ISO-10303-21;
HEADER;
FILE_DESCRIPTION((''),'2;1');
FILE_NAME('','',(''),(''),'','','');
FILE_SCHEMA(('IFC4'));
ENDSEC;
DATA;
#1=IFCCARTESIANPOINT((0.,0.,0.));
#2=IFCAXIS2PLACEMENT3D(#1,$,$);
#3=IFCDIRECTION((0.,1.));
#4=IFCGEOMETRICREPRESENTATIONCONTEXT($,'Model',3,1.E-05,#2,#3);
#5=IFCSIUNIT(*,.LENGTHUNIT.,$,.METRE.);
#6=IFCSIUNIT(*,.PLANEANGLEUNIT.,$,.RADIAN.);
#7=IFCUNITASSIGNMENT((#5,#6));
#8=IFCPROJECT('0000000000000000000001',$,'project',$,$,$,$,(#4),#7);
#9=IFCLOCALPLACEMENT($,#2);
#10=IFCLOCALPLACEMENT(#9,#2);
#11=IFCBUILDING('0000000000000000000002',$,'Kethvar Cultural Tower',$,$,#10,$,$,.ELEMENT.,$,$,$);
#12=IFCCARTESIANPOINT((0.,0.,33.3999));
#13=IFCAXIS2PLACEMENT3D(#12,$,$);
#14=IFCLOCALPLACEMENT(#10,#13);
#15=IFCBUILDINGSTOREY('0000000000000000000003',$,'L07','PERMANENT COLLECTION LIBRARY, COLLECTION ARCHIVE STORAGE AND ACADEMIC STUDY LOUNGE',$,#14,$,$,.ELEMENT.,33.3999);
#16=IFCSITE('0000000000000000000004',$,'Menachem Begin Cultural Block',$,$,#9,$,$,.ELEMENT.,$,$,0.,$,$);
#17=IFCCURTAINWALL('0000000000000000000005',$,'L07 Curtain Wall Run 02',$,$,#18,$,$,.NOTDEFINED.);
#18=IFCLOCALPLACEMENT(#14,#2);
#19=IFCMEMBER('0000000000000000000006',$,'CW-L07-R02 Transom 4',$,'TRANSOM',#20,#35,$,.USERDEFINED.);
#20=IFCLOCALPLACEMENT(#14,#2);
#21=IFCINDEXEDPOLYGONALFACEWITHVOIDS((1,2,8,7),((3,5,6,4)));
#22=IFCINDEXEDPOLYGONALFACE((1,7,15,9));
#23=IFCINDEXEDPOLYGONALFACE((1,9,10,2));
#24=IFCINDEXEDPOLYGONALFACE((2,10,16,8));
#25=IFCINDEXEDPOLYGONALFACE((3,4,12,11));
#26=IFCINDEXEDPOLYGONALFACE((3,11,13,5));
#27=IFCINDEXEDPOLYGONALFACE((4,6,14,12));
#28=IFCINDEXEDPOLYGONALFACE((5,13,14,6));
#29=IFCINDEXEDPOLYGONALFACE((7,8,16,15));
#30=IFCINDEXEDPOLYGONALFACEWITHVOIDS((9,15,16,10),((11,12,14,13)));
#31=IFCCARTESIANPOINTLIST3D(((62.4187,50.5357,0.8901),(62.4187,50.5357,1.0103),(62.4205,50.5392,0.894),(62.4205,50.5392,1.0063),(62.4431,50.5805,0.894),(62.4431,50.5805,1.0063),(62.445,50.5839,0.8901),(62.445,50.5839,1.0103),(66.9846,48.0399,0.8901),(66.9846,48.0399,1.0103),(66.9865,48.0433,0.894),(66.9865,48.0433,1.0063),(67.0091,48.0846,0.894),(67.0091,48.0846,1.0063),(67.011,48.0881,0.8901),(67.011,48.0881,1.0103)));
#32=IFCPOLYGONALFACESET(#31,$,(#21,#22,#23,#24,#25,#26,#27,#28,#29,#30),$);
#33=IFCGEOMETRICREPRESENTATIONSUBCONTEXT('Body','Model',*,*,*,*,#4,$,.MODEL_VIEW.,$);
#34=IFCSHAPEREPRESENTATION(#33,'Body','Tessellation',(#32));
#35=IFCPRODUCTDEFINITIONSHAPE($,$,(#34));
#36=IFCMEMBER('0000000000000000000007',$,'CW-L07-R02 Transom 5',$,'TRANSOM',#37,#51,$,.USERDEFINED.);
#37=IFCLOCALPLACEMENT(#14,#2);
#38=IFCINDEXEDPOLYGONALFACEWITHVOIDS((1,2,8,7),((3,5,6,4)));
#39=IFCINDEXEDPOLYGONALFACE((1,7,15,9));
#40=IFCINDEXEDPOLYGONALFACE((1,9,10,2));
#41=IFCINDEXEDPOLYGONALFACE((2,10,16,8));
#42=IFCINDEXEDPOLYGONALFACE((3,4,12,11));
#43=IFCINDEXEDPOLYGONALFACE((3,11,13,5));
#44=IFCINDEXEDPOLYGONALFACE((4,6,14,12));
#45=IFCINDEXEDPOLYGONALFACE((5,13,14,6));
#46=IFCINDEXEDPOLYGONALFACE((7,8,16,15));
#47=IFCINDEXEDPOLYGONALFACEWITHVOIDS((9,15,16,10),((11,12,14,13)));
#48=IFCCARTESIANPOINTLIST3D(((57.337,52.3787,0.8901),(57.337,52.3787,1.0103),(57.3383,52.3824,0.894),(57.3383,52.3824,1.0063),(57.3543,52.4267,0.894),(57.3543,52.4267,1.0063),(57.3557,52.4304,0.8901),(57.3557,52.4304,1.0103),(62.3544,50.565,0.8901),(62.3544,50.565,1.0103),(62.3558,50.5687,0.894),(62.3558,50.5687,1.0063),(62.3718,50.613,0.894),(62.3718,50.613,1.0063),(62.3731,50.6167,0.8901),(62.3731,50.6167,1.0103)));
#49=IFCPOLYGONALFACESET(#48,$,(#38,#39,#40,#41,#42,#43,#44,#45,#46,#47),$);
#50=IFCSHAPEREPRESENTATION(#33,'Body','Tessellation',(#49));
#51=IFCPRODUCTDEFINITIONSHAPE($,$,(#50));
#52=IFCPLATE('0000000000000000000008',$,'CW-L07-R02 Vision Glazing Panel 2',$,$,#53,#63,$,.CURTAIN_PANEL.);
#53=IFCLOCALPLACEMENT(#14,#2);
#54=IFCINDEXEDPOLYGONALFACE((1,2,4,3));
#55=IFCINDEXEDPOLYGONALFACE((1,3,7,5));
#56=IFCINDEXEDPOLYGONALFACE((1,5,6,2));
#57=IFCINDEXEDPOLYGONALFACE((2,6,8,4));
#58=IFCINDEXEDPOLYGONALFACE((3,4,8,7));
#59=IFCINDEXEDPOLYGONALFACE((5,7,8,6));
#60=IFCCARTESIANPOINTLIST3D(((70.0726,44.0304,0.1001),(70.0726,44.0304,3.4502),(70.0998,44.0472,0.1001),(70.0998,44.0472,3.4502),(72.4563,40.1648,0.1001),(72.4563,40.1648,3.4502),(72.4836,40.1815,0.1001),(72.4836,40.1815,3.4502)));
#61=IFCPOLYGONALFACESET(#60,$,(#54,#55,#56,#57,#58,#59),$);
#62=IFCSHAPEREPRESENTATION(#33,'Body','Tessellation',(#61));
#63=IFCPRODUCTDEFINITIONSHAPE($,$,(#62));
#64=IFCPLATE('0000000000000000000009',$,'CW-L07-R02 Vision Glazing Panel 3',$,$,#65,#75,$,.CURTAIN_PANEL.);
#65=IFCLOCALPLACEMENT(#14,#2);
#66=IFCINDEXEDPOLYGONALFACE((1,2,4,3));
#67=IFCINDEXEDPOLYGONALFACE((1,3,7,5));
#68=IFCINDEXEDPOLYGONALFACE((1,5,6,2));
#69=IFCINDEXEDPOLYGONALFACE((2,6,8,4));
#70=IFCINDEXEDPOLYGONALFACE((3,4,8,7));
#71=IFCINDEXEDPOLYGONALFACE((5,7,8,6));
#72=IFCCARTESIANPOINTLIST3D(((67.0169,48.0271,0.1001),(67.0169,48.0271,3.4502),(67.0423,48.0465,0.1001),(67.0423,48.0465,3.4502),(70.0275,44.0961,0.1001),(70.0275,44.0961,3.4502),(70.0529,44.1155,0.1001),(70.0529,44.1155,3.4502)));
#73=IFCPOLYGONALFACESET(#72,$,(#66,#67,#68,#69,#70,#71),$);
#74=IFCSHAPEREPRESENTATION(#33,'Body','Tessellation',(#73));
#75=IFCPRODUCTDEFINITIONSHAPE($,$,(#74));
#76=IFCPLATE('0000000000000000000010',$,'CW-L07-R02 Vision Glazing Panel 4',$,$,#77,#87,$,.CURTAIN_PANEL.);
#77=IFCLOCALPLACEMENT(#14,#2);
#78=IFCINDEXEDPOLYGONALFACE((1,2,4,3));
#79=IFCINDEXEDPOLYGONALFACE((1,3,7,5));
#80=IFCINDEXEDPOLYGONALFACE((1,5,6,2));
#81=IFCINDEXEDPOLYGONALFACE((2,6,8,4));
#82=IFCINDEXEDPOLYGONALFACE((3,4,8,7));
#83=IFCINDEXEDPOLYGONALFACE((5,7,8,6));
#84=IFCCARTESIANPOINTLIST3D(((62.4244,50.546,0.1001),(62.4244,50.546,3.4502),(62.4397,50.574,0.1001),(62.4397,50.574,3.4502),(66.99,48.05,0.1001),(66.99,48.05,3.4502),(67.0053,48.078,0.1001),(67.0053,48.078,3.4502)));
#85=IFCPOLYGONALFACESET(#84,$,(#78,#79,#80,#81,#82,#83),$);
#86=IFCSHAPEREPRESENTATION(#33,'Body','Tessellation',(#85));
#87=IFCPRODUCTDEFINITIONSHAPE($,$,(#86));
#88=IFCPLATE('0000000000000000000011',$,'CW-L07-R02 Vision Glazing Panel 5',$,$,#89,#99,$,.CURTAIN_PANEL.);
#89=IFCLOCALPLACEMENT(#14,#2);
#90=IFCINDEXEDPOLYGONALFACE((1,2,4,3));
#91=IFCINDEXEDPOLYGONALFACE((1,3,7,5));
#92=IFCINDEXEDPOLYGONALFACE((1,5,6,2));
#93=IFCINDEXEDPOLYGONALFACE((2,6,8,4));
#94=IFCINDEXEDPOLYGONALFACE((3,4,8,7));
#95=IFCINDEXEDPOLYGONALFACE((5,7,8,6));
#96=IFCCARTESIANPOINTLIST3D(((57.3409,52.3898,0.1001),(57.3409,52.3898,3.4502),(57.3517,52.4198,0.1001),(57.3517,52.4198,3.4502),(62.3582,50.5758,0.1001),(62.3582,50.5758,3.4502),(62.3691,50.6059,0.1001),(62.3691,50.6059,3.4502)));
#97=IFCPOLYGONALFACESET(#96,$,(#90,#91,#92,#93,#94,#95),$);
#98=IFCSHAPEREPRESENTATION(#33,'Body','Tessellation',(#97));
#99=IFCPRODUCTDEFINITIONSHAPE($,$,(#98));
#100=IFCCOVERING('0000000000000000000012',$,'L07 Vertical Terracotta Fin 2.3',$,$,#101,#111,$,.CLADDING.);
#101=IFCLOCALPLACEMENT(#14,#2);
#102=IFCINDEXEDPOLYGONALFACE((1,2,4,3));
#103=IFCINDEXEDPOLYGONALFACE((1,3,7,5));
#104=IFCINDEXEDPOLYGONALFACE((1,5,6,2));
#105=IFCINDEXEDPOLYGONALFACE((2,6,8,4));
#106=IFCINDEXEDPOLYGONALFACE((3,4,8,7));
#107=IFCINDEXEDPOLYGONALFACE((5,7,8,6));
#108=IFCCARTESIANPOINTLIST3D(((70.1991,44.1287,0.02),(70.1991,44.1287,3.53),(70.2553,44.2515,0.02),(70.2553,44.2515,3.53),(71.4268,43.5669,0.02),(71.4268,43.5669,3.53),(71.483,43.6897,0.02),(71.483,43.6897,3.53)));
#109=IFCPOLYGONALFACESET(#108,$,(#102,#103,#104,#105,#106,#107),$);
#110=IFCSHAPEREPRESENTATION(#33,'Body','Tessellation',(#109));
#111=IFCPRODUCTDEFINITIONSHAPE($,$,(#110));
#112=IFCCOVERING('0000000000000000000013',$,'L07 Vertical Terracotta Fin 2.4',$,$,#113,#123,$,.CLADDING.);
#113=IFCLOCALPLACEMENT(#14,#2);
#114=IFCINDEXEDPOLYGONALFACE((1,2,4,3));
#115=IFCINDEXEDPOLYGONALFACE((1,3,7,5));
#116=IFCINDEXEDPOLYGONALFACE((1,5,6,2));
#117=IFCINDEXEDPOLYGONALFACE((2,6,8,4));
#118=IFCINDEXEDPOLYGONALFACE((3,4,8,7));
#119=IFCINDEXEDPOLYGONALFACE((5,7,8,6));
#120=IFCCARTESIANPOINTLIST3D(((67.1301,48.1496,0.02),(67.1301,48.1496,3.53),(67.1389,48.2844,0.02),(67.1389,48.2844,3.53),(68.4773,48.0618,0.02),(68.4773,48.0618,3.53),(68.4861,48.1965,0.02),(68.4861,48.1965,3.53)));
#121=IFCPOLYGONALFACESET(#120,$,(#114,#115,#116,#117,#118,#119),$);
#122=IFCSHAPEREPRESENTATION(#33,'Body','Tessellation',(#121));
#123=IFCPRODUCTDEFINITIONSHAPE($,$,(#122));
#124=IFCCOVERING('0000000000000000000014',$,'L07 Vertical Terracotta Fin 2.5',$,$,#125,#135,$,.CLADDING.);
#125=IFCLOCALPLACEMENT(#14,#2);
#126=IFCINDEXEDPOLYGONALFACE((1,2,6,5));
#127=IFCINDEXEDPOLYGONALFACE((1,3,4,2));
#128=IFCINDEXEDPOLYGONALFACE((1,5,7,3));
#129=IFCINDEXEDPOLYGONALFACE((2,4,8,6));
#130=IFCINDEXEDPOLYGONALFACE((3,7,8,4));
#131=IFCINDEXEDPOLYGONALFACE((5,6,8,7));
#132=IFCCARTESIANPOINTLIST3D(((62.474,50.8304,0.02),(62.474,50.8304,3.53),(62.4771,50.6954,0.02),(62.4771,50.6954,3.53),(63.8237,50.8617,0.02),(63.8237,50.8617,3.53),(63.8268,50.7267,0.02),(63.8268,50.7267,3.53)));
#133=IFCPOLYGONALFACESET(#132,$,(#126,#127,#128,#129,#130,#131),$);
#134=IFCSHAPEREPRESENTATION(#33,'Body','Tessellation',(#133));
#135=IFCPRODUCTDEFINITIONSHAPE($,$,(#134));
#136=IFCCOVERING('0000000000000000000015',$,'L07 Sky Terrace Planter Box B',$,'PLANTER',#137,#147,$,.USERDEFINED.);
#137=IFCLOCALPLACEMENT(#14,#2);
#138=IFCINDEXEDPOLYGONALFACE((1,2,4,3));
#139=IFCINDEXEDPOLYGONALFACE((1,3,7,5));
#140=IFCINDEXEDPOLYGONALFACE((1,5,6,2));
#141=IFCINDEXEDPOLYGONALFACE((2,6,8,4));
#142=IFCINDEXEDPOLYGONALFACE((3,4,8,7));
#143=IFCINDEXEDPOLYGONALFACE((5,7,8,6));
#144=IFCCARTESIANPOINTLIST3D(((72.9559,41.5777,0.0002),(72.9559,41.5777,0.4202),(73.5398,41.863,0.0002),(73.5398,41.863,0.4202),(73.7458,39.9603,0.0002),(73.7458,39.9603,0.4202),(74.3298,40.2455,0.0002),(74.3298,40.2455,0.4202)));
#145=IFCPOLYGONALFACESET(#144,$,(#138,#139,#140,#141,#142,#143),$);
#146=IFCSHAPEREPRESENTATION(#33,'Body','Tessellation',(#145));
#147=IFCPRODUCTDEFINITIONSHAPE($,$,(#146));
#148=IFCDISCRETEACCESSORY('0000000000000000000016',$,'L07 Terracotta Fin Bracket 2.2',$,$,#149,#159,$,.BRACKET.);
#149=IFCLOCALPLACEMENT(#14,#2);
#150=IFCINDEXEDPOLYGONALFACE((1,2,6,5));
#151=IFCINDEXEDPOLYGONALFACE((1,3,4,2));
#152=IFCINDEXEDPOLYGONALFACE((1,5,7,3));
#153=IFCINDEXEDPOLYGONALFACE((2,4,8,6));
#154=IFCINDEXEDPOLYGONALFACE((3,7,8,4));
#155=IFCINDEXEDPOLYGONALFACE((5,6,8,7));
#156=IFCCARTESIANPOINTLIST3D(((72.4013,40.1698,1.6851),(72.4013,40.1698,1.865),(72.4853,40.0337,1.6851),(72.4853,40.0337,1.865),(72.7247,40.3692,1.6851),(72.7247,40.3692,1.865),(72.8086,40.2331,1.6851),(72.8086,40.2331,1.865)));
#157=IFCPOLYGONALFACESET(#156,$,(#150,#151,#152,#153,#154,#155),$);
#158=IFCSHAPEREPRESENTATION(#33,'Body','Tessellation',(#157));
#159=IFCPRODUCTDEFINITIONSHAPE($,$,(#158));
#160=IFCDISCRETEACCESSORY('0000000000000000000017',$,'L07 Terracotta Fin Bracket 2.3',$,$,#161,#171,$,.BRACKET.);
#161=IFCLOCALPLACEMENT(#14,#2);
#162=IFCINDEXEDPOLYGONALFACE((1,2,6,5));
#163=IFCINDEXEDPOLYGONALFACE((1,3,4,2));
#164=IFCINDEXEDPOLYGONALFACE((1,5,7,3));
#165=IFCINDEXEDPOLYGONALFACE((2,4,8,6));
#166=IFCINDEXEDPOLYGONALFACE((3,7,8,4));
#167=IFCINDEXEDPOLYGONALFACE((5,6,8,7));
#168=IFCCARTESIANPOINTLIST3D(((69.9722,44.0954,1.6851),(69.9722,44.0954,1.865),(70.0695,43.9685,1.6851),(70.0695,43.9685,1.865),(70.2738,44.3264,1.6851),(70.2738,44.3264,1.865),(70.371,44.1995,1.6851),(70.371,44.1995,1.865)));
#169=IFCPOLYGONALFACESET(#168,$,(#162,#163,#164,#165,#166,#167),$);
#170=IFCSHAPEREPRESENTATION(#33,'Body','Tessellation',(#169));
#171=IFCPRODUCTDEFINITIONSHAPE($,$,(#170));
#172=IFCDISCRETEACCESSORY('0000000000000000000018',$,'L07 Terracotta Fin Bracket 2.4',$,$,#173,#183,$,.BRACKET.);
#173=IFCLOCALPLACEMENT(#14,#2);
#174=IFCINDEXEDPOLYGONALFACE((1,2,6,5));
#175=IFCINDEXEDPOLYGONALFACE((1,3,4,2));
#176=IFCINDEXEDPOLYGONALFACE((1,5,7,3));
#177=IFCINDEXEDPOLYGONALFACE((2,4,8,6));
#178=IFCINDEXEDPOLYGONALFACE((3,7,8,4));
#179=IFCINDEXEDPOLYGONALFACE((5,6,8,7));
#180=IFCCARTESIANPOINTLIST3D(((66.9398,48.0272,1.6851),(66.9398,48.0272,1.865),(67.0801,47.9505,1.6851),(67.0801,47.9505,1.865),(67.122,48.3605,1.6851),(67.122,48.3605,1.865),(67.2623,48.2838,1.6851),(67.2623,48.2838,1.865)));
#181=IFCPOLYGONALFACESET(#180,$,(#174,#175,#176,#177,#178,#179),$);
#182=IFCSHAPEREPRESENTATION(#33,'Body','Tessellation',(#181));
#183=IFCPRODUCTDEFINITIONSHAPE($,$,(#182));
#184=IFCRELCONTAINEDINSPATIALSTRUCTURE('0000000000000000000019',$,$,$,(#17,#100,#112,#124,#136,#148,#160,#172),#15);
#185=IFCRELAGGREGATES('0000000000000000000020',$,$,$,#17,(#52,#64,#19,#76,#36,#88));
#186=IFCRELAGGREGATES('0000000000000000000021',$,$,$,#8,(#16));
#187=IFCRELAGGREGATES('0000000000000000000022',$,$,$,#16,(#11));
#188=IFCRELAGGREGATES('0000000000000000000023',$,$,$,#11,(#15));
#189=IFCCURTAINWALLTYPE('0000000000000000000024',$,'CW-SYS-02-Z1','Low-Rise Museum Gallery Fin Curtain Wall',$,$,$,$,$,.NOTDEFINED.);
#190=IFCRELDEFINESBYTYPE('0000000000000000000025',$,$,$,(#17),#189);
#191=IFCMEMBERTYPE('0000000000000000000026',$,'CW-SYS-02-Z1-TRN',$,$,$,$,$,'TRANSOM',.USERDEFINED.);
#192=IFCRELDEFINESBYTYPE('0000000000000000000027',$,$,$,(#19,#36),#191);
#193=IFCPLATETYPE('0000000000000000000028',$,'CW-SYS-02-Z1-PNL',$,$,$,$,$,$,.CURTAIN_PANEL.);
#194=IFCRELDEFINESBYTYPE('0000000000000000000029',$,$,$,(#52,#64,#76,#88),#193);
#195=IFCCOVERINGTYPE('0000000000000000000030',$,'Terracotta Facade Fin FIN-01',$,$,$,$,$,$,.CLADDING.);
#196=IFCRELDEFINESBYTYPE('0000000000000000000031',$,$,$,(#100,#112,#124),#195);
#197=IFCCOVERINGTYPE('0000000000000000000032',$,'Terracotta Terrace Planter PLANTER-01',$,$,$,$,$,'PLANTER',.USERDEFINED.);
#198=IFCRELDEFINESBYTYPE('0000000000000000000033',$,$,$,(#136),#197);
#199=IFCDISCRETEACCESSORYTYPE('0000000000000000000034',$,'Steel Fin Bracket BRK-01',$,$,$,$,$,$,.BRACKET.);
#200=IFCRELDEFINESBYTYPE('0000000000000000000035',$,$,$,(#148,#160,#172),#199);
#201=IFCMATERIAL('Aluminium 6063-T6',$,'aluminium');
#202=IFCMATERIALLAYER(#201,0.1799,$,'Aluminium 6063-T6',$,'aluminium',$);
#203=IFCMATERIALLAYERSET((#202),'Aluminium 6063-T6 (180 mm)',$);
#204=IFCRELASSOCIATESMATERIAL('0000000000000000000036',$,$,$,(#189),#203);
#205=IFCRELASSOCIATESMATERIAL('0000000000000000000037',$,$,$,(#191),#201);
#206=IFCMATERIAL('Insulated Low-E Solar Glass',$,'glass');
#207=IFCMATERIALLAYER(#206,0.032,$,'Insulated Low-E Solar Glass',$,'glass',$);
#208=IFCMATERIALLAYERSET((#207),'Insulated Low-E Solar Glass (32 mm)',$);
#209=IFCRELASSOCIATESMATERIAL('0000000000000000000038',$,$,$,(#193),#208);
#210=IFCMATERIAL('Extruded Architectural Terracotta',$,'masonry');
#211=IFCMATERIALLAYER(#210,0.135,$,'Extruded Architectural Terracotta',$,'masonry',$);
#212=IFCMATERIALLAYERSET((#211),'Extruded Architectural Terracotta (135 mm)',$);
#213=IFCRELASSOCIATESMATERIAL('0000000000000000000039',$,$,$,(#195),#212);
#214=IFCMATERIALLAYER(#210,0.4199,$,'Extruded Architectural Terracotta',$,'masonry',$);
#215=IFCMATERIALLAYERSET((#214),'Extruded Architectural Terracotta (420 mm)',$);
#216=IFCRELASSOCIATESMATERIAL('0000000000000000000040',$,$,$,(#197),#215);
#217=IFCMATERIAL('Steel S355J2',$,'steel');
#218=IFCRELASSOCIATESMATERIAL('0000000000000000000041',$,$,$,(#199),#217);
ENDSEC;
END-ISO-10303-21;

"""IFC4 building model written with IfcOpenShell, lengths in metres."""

from ifc_helpers import new_model, si_unit, direction, frame, origin, origin_2d, place, context, subcontext, project, spatial, rectangle, hollow_rectangle, extrude, source, transform, mapped, material, layer, layer_set, material_profile, profile_set, type_object, element, aggregate, save


model = new_model("IFC4")

# Units and contexts
model_context = context("Model", 3, precision=1e-05, world=origin(), true_north=direction((0.0, 1.0)))
body_context = subcontext(model_context, "Body", "Model", "MODEL_VIEW")
ifc_project = project(units=[si_unit("LENGTHUNIT", "METRE"), si_unit("PLANEANGLEUNIT", "RADIAN")], contexts=[model_context])

# Site, building, storey
site_placement = place(None, origin())
site = spatial("IfcSite", under=ifc_project, at=site_placement, Name="Menachem Begin Cultural Block", CompositionType="ELEMENT", RefElevation=0.0)
building_placement = place(site_placement, origin())
building = spatial("IfcBuilding", under=site, at=building_placement, Name="Kethvar Cultural Tower", CompositionType="ELEMENT")
storey_placement = place(building_placement, frame((0.0, 0.0, 33.3999)))
storey = spatial("IfcBuildingStorey", under=building, at=storey_placement, Name="L07", Description="PERMANENT COLLECTION LIBRARY, COLLECTION ARCHIVE STORAGE AND ACADEMIC STUDY LOUNGE", CompositionType="ELEMENT", Elevation=33.3999)

# Shared definitions
ifc_material_1 = material(Name="Steel S355J2", Category="steel")

# Curtain wall, members, plates
ifc_material_2 = material(Name="Aluminium 6063-T6", Category="aluminium")
ifc_layer_1 = layer(ifc_material_2, 0.1799, Name="Aluminium 6063-T6", Category="aluminium")
ifc_layer_set_1 = layer_set([ifc_layer_1], Name="Aluminium 6063-T6 (180 mm)")
curtain_wall_type = type_object("IfcCurtainWallType", Name="CW-SYS-02-Z1", Description="Low-Rise Museum Gallery Fin Curtain Wall", PredefinedType="NOTDEFINED", material=ifc_layer_set_1)
curtain_wall_placement = place(storey_placement, origin())
curtain_wall = element("IfcCurtainWall", 1, at=curtain_wall_placement, inside=storey, type_object=curtain_wall_type, Name="L07 Curtain Wall Run 02", PredefinedType="NOTDEFINED")
ifc_material_profile_1 = material_profile(ifc_material_2, hollow_rectangle(XDim=0.0549, YDim=0.1201, WallThickness=0.0039, at=origin_2d()), Name="Aluminium 6063-T6 — RHS120x55x4")
ifc_profile_set_1 = profile_set([ifc_material_profile_1], Name="Aluminium 6063-T6 — RHS120x55x4")
member_type_1 = type_object("IfcMemberType", Name="CW-SYS-02-Z1-TRN", ElementType="TRANSOM", PredefinedType="USERDEFINED", material=ifc_profile_set_1)
shared_shape_1 = source(origin(), body_context, "Body", "SweptSolid", [
    extrude(hollow_rectangle(XDim=0.0549, YDim=0.1201, WallThickness=0.0039, at=origin_2d()), origin(), (0.0, 0.0, 1.0), 5.2036),
])
member_1_placement = place(storey_placement, frame((66.9978, 48.064, 0.9502), z_axis=(-0.877463, 0.479644, 0.0), x_axis=(-0.479644, -0.877463, 0.0)))
member_1 = element("IfcMember", 2, at=member_1_placement, type_object=member_type_1, Name="CW-L07-R02 Transom 4", ObjectType="TRANSOM", PredefinedType="USERDEFINED", context=body_context, shape_type="MappedRepresentation", body=[
    mapped(shared_shape_1, transform((0.0, 0.0, 0.0), scale=1.0)),
])
shared_shape_2 = source(origin(), body_context, "Body", "SweptSolid", [
    extrude(hollow_rectangle(XDim=0.0549, YDim=0.1201, WallThickness=0.0039, at=origin_2d()), origin(), (0.0, 0.0, 1.0), 5.3352),
])
member_2_placement = place(storey_placement, frame((62.3638, 50.5908, 0.9502), z_axis=(-0.94044, 0.33996, 0.0), x_axis=(-0.33996, -0.94044, 0.0)))
member_2 = element("IfcMember", 3, at=member_2_placement, type_object=member_type_1, Name="CW-L07-R02 Transom 5", ObjectType="TRANSOM", PredefinedType="USERDEFINED", context=body_context, shape_type="MappedRepresentation", body=[
    mapped(shared_shape_2, transform((0.0, 0.0, 0.0), scale=1.0)),
])
ifc_material_3 = material(Name="Insulated Low-E Solar Glass", Category="glass")
ifc_layer_2 = layer(ifc_material_3, 0.032, Name="Insulated Low-E Solar Glass", Category="glass")
ifc_layer_set_2 = layer_set([ifc_layer_2], Name="Insulated Low-E Solar Glass (32 mm)")
plate_type = type_object("IfcPlateType", Name="CW-SYS-02-Z1-PNL", PredefinedType="CURTAIN_PANEL", material=ifc_layer_set_2)
shared_shape_3 = source(origin(), body_context, "Body", "SweptSolid", [
    extrude(rectangle(XDim=4.5415, YDim=0.032, at=origin_2d()), origin(), (0.0, 0.0, 1.0), 3.3501),
])
plate_1_placement = place(storey_placement, frame((71.2781, 42.106, 0.1001), z_axis=(0.0, 0.0, 1.0), x_axis=(-0.524878, 0.851178, 0.0)))
plate_1 = element("IfcPlate", 4, at=plate_1_placement, type_object=plate_type, Name="CW-L07-R02 Vision Glazing Panel 2", PredefinedType="CURTAIN_PANEL", context=body_context, shape_type="MappedRepresentation", body=[
    mapped(shared_shape_3, transform((0.0, 0.0, 0.0), scale=1.0)),
])
shared_shape_4 = source(origin(), body_context, "Body", "SweptSolid", [
    extrude(rectangle(XDim=4.9514, YDim=0.032, at=origin_2d()), origin(), (0.0, 0.0, 1.0), 3.3501),
])
plate_2_placement = place(storey_placement, frame((68.5349, 46.0713, 0.1001), z_axis=(0.0, 0.0, 1.0), x_axis=(-0.608027, 0.793916, 0.0)))
plate_2 = element("IfcPlate", 5, at=plate_2_placement, type_object=plate_type, Name="CW-L07-R02 Vision Glazing Panel 3", PredefinedType="CURTAIN_PANEL", context=body_context, shape_type="MappedRepresentation", body=[
    mapped(shared_shape_4, transform((0.0, 0.0, 0.0), scale=1.0)),
])
shared_shape_5 = source(origin(), body_context, "Body", "SweptSolid", [
    extrude(rectangle(XDim=5.2034, YDim=0.032, at=origin_2d()), origin(), (0.0, 0.0, 1.0), 3.3501),
])
plate_3_placement = place(storey_placement, frame((64.7148, 49.312, 0.1001), z_axis=(0.0, 0.0, 1.0), x_axis=(-0.877439, 0.479688, 0.0)))
plate_3 = element("IfcPlate", 6, at=plate_3_placement, type_object=plate_type, Name="CW-L07-R02 Vision Glazing Panel 4", PredefinedType="CURTAIN_PANEL", context=body_context, shape_type="MappedRepresentation", body=[
    mapped(shared_shape_5, transform((0.0, 0.0, 0.0), scale=1.0)),
])
shared_shape_6 = source(origin(), body_context, "Body", "SweptSolid", [
    extrude(rectangle(XDim=5.3352, YDim=0.032, at=origin_2d()), origin(), (0.0, 0.0, 1.0), 3.3501),
])
plate_4_placement = place(storey_placement, frame((59.855, 51.4978, 0.1001), z_axis=(0.0, 0.0, 1.0), x_axis=(-0.940425, 0.340002, 0.0)))
plate_4 = element("IfcPlate", 7, at=plate_4_placement, type_object=plate_type, Name="CW-L07-R02 Vision Glazing Panel 5", PredefinedType="CURTAIN_PANEL", context=body_context, shape_type="MappedRepresentation", body=[
    mapped(shared_shape_6, transform((0.0, 0.0, 0.0), scale=1.0)),
])
aggregate(curtain_wall, [plate_1, plate_2, member_1, plate_3, member_2, plate_4])

# Coverings
ifc_material_4 = material(Name="Extruded Architectural Terracotta", Category="masonry")
ifc_layer_3 = layer(ifc_material_4, 0.135, Name="Extruded Architectural Terracotta", Category="masonry")
ifc_layer_set_3 = layer_set([ifc_layer_3], Name="Extruded Architectural Terracotta (135 mm)")
covering_type_1 = type_object("IfcCoveringType", Name="Terracotta Facade Fin FIN-01", PredefinedType="CLADDING", material=ifc_layer_set_3)
shared_shape_7 = source(origin(), body_context, "Body", "SweptSolid", [
    extrude(rectangle(XDim=1.3501, YDim=0.135, at=origin_2d()), origin(), (0.0, 0.0, 1.0), 3.51),
])
for number, where, z_axis, x_axis, name in (
    (8, (70.8411, 43.9092, 0.02), (0.0, 0.0, 1.0), (0.909309, -0.416122, 0.0), "L07 Vertical Terracotta Fin 2.3"),
    (9, (67.8081, 48.1731, 0.02), (0.0, 0.0, 1.0), (0.997882, -0.065055, 0.0), "L07 Vertical Terracotta Fin 2.4"),
    (10, (63.1504, 50.7786, 0.02), (0.0, 0.0, 1.0), (0.999731, 0.023211, 0.0), "L07 Vertical Terracotta Fin 2.5"),
):
    element("IfcCovering", number, at=place(storey_placement, frame(where, z_axis=z_axis, x_axis=x_axis)), inside=storey, type_object=covering_type_1, Name=name, PredefinedType="CLADDING", context=body_context, shape_type="MappedRepresentation", body=[
        mapped(shared_shape_7, transform((0.0, 0.0, 0.0), scale=1.0)),
    ])
ifc_layer_4 = layer(ifc_material_4, 0.4199, Name="Extruded Architectural Terracotta", Category="masonry")
ifc_layer_set_4 = layer_set([ifc_layer_4], Name="Extruded Architectural Terracotta (420 mm)")
covering_type_2 = type_object("IfcCoveringType", Name="Terracotta Terrace Planter PLANTER-01", ElementType="PLANTER", PredefinedType="USERDEFINED", material=ifc_layer_set_4)
shared_shape_8 = source(origin(), body_context, "Body", "SweptSolid", [
    extrude(rectangle(XDim=1.8, YDim=0.6499, at=origin_2d()), origin(), (0.0, 0.0, 1.0), 0.4199),
])
covering_placement = place(storey_placement, frame((73.6428, 40.9116, 0.0002), z_axis=(0.0, 0.0, 1.0), x_axis=(-0.438842, 0.898564, 0.0)))
element("IfcCovering", 11, at=covering_placement, inside=storey, type_object=covering_type_2, Name="L07 Sky Terrace Planter Box B", ObjectType="PLANTER", PredefinedType="USERDEFINED", context=body_context, shape_type="MappedRepresentation", body=[
    mapped(shared_shape_8, transform((0.0, 0.0, 0.0), scale=1.0)),
])

# Discrete accessories
discrete_accessory_type = type_object("IfcDiscreteAccessoryType", Name="Steel Fin Bracket BRK-01", PredefinedType="BRACKET", material=ifc_material_1)
shared_shape_9 = source(origin(), body_context, "Body", "SweptSolid", [
    extrude(rectangle(XDim=0.3799, YDim=0.1599, at=origin_2d()), origin(), (0.0, 0.0, 1.0), 0.1799),
])
for number, where, z_axis, x_axis, name in (
    (12, (72.605, 40.2014, 1.6851), (0.0, 0.0, 1.0), (0.851178, 0.524878, 0.0), "L07 Terracotta Fin Bracket 2.2"),
    (13, (70.1716, 44.1475, 1.6851), (0.0, 0.0, 1.0), (0.793884, 0.608069, 0.0), "L07 Terracotta Fin Bracket 2.3"),
    (14, (67.1011, 48.1555, 1.6851), (0.0, 0.0, 1.0), (0.479611, 0.877481, 0.0), "L07 Terracotta Fin Bracket 2.4"),
):
    element("IfcDiscreteAccessory", number, at=place(storey_placement, frame(where, z_axis=z_axis, x_axis=x_axis)), inside=storey, type_object=discrete_accessory_type, Name=name, PredefinedType="BRACKET", context=body_context, shape_type="MappedRepresentation", body=[
        mapped(shared_shape_9, transform((0.0, 0.0, 0.0), scale=1.0)),
    ])

save(model, "model.ifc")
